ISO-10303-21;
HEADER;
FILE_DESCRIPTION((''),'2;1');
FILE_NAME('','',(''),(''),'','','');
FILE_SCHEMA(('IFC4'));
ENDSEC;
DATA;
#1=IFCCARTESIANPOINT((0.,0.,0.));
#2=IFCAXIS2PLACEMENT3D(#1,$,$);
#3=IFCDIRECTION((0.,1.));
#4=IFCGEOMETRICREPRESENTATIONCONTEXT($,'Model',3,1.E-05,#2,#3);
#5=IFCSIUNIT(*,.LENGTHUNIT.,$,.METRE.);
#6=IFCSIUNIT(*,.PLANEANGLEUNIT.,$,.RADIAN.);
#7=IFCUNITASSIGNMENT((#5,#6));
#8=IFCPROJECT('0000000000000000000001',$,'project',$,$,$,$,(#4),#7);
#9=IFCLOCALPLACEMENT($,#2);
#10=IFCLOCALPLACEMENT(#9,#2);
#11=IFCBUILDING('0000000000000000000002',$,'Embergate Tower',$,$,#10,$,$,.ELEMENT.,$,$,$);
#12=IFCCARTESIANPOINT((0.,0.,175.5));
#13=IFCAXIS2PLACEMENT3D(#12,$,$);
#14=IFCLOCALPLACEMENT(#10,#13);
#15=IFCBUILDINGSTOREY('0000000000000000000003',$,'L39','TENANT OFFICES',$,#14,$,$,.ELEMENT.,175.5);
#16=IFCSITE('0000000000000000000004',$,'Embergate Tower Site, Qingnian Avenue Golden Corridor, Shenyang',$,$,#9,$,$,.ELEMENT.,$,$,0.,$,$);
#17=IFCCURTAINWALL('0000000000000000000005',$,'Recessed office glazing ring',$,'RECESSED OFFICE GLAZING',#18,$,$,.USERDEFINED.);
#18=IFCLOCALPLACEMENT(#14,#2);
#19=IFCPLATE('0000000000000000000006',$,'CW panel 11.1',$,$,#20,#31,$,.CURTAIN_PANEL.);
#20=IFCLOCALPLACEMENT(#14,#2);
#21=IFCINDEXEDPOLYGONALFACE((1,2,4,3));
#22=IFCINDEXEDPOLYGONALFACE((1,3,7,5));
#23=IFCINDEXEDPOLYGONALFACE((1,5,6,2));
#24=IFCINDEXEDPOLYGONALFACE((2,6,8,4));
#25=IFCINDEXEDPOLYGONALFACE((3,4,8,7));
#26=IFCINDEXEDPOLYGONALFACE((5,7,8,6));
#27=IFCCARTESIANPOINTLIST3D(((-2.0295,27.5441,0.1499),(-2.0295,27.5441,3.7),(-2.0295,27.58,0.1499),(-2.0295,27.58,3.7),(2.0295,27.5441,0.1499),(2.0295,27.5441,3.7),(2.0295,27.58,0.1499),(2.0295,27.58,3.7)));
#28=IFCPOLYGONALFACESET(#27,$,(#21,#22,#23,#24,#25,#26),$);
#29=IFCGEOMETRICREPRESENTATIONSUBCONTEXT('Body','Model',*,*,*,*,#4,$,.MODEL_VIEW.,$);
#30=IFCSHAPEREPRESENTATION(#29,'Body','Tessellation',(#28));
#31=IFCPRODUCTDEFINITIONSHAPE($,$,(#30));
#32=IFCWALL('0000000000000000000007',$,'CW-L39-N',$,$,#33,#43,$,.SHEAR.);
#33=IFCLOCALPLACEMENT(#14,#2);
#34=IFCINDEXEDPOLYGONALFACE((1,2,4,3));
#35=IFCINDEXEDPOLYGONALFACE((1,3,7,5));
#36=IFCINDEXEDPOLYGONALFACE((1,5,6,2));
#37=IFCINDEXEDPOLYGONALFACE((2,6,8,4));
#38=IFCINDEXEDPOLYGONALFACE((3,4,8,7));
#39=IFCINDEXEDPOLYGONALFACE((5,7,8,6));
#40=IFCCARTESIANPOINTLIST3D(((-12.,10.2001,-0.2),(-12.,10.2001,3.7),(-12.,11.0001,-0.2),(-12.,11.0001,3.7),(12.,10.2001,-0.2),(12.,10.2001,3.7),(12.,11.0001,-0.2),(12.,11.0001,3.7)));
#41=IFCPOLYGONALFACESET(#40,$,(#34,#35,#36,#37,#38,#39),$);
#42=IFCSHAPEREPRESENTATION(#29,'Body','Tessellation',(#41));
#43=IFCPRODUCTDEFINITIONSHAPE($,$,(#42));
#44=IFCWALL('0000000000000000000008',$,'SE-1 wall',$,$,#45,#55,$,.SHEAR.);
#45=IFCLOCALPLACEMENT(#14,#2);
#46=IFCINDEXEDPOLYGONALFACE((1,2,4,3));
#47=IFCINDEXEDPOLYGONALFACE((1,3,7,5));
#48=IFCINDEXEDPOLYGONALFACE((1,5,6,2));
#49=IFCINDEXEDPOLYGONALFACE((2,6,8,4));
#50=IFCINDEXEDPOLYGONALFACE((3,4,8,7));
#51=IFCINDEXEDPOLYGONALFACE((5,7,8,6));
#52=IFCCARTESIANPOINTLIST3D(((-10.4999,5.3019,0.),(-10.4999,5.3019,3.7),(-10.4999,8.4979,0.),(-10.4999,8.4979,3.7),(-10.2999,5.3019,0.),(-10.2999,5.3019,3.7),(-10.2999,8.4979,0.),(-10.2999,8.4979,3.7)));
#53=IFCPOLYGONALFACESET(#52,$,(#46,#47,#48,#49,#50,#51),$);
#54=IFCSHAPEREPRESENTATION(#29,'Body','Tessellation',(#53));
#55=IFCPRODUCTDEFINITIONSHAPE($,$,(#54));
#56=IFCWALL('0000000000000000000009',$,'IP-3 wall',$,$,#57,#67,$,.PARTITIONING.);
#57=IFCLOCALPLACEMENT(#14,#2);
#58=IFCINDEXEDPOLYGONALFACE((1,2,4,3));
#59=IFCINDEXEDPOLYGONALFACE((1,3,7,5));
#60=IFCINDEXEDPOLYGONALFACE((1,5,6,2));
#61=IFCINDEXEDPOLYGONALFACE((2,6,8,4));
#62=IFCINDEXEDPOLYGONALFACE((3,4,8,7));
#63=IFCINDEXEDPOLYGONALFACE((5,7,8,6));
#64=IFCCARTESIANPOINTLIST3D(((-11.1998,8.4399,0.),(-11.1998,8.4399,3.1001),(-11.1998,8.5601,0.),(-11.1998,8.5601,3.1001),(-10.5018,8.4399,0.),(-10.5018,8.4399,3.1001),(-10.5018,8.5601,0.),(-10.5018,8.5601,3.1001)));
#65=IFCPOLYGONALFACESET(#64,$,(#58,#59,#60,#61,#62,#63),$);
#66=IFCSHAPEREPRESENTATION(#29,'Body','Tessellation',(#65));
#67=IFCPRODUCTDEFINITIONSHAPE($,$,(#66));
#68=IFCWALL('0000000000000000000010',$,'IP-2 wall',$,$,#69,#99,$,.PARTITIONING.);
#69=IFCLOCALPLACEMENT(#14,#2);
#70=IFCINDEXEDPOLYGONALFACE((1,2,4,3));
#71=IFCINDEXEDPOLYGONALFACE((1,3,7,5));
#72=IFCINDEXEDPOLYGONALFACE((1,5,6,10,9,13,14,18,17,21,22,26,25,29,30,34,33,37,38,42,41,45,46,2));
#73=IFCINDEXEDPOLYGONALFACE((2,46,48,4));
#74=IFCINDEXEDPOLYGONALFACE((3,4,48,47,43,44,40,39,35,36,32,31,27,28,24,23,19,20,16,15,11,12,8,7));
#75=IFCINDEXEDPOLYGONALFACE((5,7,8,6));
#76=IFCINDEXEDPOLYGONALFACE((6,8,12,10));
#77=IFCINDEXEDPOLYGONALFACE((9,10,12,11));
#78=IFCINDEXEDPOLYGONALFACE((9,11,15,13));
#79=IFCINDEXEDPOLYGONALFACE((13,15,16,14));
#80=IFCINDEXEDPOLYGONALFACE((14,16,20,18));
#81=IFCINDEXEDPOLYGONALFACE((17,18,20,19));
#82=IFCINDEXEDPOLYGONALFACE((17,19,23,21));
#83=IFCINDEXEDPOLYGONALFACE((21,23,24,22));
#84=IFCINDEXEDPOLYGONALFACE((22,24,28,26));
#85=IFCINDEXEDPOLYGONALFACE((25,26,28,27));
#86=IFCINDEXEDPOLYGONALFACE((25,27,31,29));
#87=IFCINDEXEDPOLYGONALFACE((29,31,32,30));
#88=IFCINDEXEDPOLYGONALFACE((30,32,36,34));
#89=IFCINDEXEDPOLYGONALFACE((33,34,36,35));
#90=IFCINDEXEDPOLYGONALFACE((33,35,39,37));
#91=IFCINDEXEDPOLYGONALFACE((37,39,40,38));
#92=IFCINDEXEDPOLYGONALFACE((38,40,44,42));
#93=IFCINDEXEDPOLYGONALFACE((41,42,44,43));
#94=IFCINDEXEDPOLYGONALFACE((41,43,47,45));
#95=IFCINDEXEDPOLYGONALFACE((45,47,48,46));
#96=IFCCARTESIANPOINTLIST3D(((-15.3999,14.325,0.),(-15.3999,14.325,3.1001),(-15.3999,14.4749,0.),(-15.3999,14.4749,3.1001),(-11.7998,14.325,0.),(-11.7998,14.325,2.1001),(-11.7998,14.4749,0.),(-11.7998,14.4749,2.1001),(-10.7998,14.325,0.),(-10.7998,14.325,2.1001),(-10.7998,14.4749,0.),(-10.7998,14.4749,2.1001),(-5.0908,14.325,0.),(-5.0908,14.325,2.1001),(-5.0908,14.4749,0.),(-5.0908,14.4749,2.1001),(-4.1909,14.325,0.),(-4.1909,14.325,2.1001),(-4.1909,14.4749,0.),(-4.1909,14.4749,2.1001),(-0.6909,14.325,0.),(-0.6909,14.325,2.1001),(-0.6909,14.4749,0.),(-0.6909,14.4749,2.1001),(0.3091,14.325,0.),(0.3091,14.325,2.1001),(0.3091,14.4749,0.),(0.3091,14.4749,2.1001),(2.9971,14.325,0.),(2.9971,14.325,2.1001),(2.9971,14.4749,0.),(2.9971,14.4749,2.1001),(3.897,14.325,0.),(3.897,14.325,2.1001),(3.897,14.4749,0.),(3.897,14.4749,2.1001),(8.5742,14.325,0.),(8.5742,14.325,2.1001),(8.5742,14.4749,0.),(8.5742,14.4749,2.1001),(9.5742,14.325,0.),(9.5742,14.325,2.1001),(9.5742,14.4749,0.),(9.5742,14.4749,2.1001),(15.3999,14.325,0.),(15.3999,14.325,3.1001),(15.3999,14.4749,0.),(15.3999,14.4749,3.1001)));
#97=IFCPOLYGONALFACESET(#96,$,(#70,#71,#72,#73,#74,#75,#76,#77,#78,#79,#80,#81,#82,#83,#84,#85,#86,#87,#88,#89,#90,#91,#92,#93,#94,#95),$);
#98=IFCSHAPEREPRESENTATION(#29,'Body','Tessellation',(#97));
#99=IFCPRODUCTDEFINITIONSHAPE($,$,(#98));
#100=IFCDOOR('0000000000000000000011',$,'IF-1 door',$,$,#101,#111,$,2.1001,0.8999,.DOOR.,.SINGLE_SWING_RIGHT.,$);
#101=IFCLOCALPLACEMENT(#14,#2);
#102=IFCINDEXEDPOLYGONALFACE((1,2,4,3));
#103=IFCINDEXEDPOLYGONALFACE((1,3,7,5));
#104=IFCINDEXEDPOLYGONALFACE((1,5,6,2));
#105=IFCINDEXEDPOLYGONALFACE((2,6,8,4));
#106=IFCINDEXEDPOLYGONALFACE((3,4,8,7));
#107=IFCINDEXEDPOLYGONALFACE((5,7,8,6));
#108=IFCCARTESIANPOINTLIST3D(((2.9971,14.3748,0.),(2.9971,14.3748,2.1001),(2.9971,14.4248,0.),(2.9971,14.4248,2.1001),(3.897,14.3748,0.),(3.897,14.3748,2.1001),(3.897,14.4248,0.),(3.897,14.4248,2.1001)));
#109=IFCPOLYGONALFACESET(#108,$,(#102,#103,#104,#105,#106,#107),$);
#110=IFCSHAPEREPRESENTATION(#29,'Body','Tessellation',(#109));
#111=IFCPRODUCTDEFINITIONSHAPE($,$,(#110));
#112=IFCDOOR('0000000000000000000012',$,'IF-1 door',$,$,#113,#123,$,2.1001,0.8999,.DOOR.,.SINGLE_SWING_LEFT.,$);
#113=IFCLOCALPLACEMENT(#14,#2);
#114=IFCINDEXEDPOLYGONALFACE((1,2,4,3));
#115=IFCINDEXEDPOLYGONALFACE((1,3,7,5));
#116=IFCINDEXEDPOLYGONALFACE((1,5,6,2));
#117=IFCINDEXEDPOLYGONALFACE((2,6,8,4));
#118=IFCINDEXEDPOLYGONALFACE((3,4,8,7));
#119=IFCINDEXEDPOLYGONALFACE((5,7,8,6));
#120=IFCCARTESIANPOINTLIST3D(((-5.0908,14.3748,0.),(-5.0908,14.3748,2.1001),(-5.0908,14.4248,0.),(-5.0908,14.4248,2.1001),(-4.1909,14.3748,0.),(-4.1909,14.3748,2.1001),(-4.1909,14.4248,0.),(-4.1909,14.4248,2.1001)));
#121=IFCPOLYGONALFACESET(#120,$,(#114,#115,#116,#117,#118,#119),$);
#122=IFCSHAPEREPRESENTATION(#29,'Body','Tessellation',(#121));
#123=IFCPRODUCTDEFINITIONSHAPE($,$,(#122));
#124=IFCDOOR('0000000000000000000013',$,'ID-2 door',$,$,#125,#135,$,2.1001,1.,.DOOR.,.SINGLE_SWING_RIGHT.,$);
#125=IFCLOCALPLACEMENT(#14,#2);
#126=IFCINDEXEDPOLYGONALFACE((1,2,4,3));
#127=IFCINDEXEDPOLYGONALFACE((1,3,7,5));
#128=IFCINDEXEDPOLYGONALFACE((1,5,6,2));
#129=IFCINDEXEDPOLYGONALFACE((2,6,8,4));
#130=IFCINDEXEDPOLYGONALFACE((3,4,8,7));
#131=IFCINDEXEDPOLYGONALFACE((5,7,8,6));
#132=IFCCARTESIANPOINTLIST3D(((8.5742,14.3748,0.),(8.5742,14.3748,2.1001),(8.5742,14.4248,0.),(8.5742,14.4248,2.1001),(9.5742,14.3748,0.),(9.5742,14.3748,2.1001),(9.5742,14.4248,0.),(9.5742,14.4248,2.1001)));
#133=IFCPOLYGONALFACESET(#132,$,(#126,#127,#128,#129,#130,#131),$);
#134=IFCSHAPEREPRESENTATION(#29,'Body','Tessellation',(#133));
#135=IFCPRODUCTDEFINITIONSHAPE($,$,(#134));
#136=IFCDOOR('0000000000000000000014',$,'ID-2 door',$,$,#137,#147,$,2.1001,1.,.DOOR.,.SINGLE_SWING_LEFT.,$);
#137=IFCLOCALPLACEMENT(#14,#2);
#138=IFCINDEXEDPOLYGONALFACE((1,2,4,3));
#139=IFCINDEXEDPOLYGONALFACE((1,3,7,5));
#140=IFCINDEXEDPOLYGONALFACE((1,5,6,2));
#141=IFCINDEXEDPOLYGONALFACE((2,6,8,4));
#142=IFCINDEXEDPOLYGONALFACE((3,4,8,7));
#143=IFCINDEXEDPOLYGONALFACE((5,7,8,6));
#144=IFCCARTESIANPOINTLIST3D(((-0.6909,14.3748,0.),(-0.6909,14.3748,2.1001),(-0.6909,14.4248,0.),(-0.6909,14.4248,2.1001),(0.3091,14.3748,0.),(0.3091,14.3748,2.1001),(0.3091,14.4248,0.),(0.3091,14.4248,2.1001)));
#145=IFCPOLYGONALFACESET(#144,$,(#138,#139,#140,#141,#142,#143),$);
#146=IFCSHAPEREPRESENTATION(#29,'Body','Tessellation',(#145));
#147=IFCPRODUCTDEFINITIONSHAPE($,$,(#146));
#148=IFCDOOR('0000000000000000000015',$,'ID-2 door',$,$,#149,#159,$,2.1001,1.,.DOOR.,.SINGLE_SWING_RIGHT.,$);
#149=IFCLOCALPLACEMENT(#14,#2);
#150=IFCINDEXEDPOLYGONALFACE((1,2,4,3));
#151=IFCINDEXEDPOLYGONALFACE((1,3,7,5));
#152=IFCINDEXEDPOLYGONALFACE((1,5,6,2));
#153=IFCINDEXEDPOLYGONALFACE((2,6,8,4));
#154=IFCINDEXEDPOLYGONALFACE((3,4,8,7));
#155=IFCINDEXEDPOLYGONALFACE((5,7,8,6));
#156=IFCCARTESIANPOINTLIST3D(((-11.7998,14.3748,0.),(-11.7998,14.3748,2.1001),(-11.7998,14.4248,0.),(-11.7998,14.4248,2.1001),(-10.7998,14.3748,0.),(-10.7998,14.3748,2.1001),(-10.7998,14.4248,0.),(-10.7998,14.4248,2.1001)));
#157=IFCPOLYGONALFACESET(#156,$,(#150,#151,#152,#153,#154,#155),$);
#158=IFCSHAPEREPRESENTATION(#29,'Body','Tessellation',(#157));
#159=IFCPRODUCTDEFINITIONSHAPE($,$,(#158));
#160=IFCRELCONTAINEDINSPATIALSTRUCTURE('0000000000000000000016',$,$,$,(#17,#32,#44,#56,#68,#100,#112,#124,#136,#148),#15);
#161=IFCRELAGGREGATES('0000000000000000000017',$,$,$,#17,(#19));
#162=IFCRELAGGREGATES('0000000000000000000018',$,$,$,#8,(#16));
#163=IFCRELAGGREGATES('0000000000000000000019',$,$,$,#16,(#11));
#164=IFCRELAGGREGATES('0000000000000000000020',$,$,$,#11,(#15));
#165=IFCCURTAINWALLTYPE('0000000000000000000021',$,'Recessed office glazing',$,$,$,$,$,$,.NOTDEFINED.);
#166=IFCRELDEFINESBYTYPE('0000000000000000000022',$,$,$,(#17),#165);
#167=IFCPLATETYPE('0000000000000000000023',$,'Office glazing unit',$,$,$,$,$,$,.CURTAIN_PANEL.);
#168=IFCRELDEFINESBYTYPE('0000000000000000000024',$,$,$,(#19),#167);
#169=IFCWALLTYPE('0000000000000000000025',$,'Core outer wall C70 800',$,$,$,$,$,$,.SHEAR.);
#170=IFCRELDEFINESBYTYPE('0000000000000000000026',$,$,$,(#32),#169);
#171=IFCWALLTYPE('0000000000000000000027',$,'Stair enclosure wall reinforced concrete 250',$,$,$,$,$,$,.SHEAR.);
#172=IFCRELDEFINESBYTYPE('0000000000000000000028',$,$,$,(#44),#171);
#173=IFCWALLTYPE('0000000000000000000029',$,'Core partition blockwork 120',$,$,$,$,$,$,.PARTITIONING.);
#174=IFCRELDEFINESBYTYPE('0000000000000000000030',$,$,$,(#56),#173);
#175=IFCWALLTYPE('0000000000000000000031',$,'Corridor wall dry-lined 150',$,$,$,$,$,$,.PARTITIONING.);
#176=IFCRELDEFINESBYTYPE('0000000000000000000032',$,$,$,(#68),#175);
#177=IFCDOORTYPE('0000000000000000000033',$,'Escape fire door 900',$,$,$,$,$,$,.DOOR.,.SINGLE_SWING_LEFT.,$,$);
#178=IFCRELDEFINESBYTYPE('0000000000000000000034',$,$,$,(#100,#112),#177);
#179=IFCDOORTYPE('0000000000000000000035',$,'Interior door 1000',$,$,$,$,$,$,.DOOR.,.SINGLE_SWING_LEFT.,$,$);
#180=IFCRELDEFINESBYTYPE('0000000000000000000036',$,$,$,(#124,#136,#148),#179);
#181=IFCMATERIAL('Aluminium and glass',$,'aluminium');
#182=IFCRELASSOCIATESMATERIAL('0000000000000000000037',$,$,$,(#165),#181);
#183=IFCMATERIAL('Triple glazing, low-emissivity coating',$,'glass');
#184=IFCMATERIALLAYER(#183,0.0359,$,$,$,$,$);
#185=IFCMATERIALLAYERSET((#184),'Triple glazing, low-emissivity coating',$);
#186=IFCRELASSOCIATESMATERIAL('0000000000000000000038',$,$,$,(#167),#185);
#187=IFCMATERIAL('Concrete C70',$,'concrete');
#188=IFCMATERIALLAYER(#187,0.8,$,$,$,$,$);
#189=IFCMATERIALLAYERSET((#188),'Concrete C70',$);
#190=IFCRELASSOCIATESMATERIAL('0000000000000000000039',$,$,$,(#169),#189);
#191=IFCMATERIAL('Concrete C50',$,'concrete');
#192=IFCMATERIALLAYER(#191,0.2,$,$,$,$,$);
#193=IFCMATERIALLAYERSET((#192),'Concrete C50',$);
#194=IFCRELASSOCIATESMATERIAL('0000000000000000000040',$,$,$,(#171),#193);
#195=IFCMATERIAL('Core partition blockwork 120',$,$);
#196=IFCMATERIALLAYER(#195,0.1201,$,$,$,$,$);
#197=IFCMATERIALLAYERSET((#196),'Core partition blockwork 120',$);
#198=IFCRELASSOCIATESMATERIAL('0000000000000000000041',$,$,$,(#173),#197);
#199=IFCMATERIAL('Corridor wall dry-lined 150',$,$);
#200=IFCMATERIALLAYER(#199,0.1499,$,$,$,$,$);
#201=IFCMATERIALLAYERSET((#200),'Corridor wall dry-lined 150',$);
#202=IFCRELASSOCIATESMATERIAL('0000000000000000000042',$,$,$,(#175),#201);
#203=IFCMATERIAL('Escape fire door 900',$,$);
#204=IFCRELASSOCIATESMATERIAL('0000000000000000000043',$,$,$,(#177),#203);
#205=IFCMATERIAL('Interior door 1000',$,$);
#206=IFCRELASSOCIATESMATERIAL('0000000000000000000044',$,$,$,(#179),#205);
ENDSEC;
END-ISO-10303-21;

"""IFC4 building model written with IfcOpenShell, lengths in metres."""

from ifc_helpers import new_model, si_unit, direction, frame, frame_2d, origin, origin_2d, place, context, subcontext, project, spatial, rectangle, extrude, source, transform, mapped, material, layer, layer_set, type_object, element, fill, aggregate, save


model = new_model("IFC4")

# Units and contexts
model_context = context("Model", 3, precision=1e-05, world=origin(), true_north=direction((0.0, 1.0)))
body_context = subcontext(model_context, "Body", "Model", "MODEL_VIEW")
ifc_project = project(units=[si_unit("LENGTHUNIT", "METRE"), si_unit("PLANEANGLEUNIT", "RADIAN")], contexts=[model_context])

# Site, building, storey
site_placement = place(None, origin())
site = spatial("IfcSite", under=ifc_project, at=site_placement, Name="Embergate Tower Site, Qingnian Avenue Golden Corridor, Shenyang", CompositionType="ELEMENT", RefElevation=0.0)
building_placement = place(site_placement, origin())
building = spatial("IfcBuilding", under=site, at=building_placement, Name="Embergate Tower", CompositionType="ELEMENT")
storey_placement = place(building_placement, frame((0.0, 0.0, 175.5)))
storey = spatial("IfcBuildingStorey", under=building, at=storey_placement, Name="L39", Description="TENANT OFFICES", CompositionType="ELEMENT", Elevation=175.5)

# Shared definitions
ifc_material_1 = material(Name="Concrete C70", Category="concrete")

# Curtain wall, plate
ifc_material_2 = material(Name="Aluminium and glass", Category="aluminium")
curtain_wall_type = type_object("IfcCurtainWallType", Name="Recessed office glazing", PredefinedType="NOTDEFINED", material=ifc_material_2)
curtain_wall_placement = place(storey_placement, origin())
curtain_wall = element("IfcCurtainWall", 1, at=curtain_wall_placement, inside=storey, type_object=curtain_wall_type, Name="Recessed office glazing ring", ObjectType="RECESSED OFFICE GLAZING", PredefinedType="USERDEFINED")
ifc_material_3 = material(Name="Triple glazing, low-emissivity coating", Category="glass")
ifc_layer_1 = layer(ifc_material_3, 0.0359)
ifc_layer_set_1 = layer_set([ifc_layer_1], Name="Triple glazing, low-emissivity coating")
plate_type = type_object("IfcPlateType", Name="Office glazing unit", PredefinedType="CURTAIN_PANEL", material=ifc_layer_set_1)
shared_shape_1 = source(origin(), body_context, "Body", "SweptSolid", [
    extrude(rectangle(XDim=4.0591, YDim=0.0359, at=origin_2d()), origin(), (0.0, 0.0, 1.0), 3.55),
])
plate_1_placement = place(storey_placement, frame((0.0, 27.562, 0.1499), z_axis=(0.0, 0.0, 1.0), x_axis=(-1.0, 0.0, 0.0)))
plate_1 = element("IfcPlate", 2, at=plate_1_placement, type_object=plate_type, Name="CW panel 11.1", PredefinedType="CURTAIN_PANEL", context=body_context, shape_type="MappedRepresentation", body=[
    mapped(shared_shape_1, transform((0.0, 0.0, 0.0))),
])
aggregate(curtain_wall, [plate_1])

# Walls
ifc_layer_2 = layer(ifc_material_1, 0.8)
ifc_layer_set_2 = layer_set([ifc_layer_2], Name="Concrete C70")
wall_type_1 = type_object("IfcWallType", Name="Core outer wall C70 800", PredefinedType="SHEAR", material=ifc_layer_set_2)
shared_shape_2 = source(origin(), body_context, "Body", "SweptSolid", [
    extrude(rectangle(XDim=24.0, YDim=0.8, at=frame_2d((12.0, 0.0))), origin(), (0.0, 0.0, 1.0), 3.8999),
])
wall_1_placement = place(storey_placement, frame((-12.0, 10.6001, -0.2), z_axis=(0.0, 0.0, 1.0), x_axis=(1.0, 0.0, 0.0)))
element("IfcWall", 3, at=wall_1_placement, inside=storey, type_object=wall_type_1, Name="CW-L39-N", PredefinedType="SHEAR", context=body_context, shape_type="MappedRepresentation", body=[
    mapped(shared_shape_2, transform((0.0, 0.0, 0.0))),
])
ifc_material_4 = material(Name="Concrete C50", Category="concrete")
ifc_layer_3 = layer(ifc_material_4, 0.2)
ifc_layer_set_3 = layer_set([ifc_layer_3], Name="Concrete C50")
wall_type_2 = type_object("IfcWallType", Name="Stair enclosure wall reinforced concrete 250", PredefinedType="SHEAR", material=ifc_layer_set_3)
shared_shape_3 = source(origin(), body_context, "Body", "SweptSolid", [
    extrude(rectangle(XDim=3.196, YDim=0.2, at=frame_2d((1.5981, 0.0))), origin(), (0.0, 0.0, 1.0), 3.7),
])
wall_2_placement = place(storey_placement, frame((-10.3999, 8.498, 0.0), z_axis=(0.0, 0.0, 1.0), x_axis=(0.0, -1.0, 0.0)))
element("IfcWall", 4, at=wall_2_placement, inside=storey, type_object=wall_type_2, Name="SE-1 wall", PredefinedType="SHEAR", context=body_context, shape_type="MappedRepresentation", body=[
    mapped(shared_shape_3, transform((0.0, 0.0, 0.0))),
])
ifc_material_5 = material(Name="Core partition blockwork 120")
ifc_layer_4 = layer(ifc_material_5, 0.1201)
ifc_layer_set_4 = layer_set([ifc_layer_4], Name="Core partition blockwork 120")
wall_type_3 = type_object("IfcWallType", Name="Core partition blockwork 120", PredefinedType="PARTITIONING", material=ifc_layer_set_4)
shared_shape_4 = source(origin(), body_context, "Body", "SweptSolid", [
    extrude(rectangle(XDim=0.698, YDim=0.1201, at=frame_2d((0.3491, 0.0))), origin(), (0.0, 0.0, 1.0), 3.1001),
])
wall_3_placement = place(storey_placement, frame((-11.2, 8.5, 0.0), z_axis=(0.0, 0.0, 1.0), x_axis=(1.0, 0.0, 0.0)))
element("IfcWall", 5, at=wall_3_placement, inside=storey, type_object=wall_type_3, Name="IP-3 wall", PredefinedType="PARTITIONING", context=body_context, shape_type="MappedRepresentation", body=[
    mapped(shared_shape_4, transform((0.0, 0.0, 0.0))),
])

# Wall, openings, doors
ifc_material_6 = material(Name="Corridor wall dry-lined 150")
ifc_layer_5 = layer(ifc_material_6, 0.1499)
ifc_layer_set_5 = layer_set([ifc_layer_5], Name="Corridor wall dry-lined 150")
wall_type_4 = type_object("IfcWallType", Name="Corridor wall dry-lined 150", PredefinedType="PARTITIONING", material=ifc_layer_set_5)
shared_shape_5 = source(origin(), body_context, "Body", "SweptSolid", [
    extrude(rectangle(XDim=30.7998, YDim=0.1499, at=frame_2d((15.3999, 0.0))), origin(), (0.0, 0.0, 1.0), 3.1001),
])
wall_4_placement = place(storey_placement, frame((-15.3999, 14.3999, 0.0), z_axis=(0.0, 0.0, 1.0), x_axis=(1.0, 0.0, 0.0)))
wall_4 = element("IfcWall", 6, at=wall_4_placement, inside=storey, type_object=wall_type_4, Name="IP-2 wall", PredefinedType="PARTITIONING", context=body_context, shape_type="MappedRepresentation", body=[
    mapped(shared_shape_5, transform((0.0, 0.0, 0.0))),
])
shared_shape_6 = source(origin(), body_context, "Body", "SweptSolid", [
    extrude(rectangle(XDim=1.0, YDim=2.1001, at=frame_2d((0.5, 1.05))), frame((0.0, 0.085, 0.0), z_axis=(0.0, -1.0, 0.0), x_axis=(1.0, 0.0, 0.0)), (0.0, 0.0, 1.0), 0.1699),
])
opening_1_placement = place(wall_4_placement, frame((23.9741, 0.0, 0.0)))
opening_1 = element("IfcOpeningElement", 7, at=opening_1_placement, cuts=wall_4, PredefinedType="OPENING", context=body_context, shape_type="MappedRepresentation", body=[
    mapped(shared_shape_6, transform((0.0, 0.0, 0.0))),
])
shared_shape_7 = source(origin(), body_context, "Body", "SweptSolid", [
    extrude(rectangle(XDim=0.8999, YDim=2.1001, at=frame_2d((0.45, 1.05))), frame((0.0, 0.085, 0.0), z_axis=(0.0, -1.0, 0.0), x_axis=(1.0, 0.0, 0.0)), (0.0, 0.0, 1.0), 0.1699),
])
opening_2_placement = place(wall_4_placement, frame((18.397, 0.0, 0.0)))
opening_2 = element("IfcOpeningElement", 8, at=opening_2_placement, cuts=wall_4, PredefinedType="OPENING", context=body_context, shape_type="MappedRepresentation", body=[
    mapped(shared_shape_7, transform((0.0, 0.0, 0.0))),
])
opening_3_placement = place(wall_4_placement, frame((14.709, 0.0, 0.0)))
opening_3 = element("IfcOpeningElement", 9, at=opening_3_placement, cuts=wall_4, PredefinedType="OPENING", context=body_context, shape_type="MappedRepresentation", body=[
    mapped(shared_shape_6, transform((0.0, 0.0, 0.0))),
])
opening_4_placement = place(wall_4_placement, frame((10.3091, 0.0, 0.0)))
opening_4 = element("IfcOpeningElement", 10, at=opening_4_placement, cuts=wall_4, PredefinedType="OPENING", context=body_context, shape_type="MappedRepresentation", body=[
    mapped(shared_shape_7, transform((0.0, 0.0, 0.0))),
])
opening_5_placement = place(wall_4_placement, frame((3.6001, 0.0, 0.0)))
opening_5 = element("IfcOpeningElement", 11, at=opening_5_placement, cuts=wall_4, PredefinedType="OPENING", context=body_context, shape_type="MappedRepresentation", body=[
    mapped(shared_shape_6, transform((0.0, 0.0, 0.0))),
])
ifc_material_7 = material(Name="Escape fire door 900")
door_type_1 = type_object("IfcDoorType", Name="Escape fire door 900", OperationType="SINGLE_SWING_LEFT", PredefinedType="DOOR", material=ifc_material_7)
shared_shape_8 = source(origin(), body_context, "Body", "SweptSolid", [
    extrude(rectangle(XDim=0.8999, YDim=2.1001, at=frame_2d((0.45, 1.05))), frame((0.0, 0.0249, 0.0), z_axis=(0.0, -1.0, 0.0), x_axis=(1.0, 0.0, 0.0)), (0.0, 0.0, 1.0), 0.05),
])
door_1_placement = place(opening_2_placement, origin())
door_1 = element("IfcDoor", 12, at=door_1_placement, inside=storey, type_object=door_type_1, Name="IF-1 door", OperationType="SINGLE_SWING_RIGHT", OverallHeight=2.1001, OverallWidth=0.8999, PredefinedType="DOOR", context=body_context, shape_type="MappedRepresentation", body=[
    mapped(shared_shape_8, transform((0.0, 0.0, 0.0))),
])
fill(opening_2, door_1)
door_2_placement = place(opening_4_placement, origin())
door_2 = element("IfcDoor", 13, at=door_2_placement, inside=storey, type_object=door_type_1, Name="IF-1 door", OperationType="SINGLE_SWING_LEFT", OverallHeight=2.1001, OverallWidth=0.8999, PredefinedType="DOOR", context=body_context, shape_type="MappedRepresentation", body=[
    mapped(shared_shape_8, transform((0.0, 0.0, 0.0))),
])
fill(opening_4, door_2)
ifc_material_8 = material(Name="Interior door 1000")
door_type_2 = type_object("IfcDoorType", Name="Interior door 1000", OperationType="SINGLE_SWING_LEFT", PredefinedType="DOOR", material=ifc_material_8)
shared_shape_9 = source(origin(), body_context, "Body", "SweptSolid", [
    extrude(rectangle(XDim=1.0, YDim=2.1001, at=frame_2d((0.5, 1.05))), frame((0.0, 0.0249, 0.0), z_axis=(0.0, -1.0, 0.0), x_axis=(1.0, 0.0, 0.0)), (0.0, 0.0, 1.0), 0.05),
])
door_3_placement = place(opening_1_placement, origin())
door_3 = element("IfcDoor", 14, at=door_3_placement, inside=storey, type_object=door_type_2, Name="ID-2 door", OperationType="SINGLE_SWING_RIGHT", OverallHeight=2.1001, OverallWidth=1.0, PredefinedType="DOOR", context=body_context, shape_type="MappedRepresentation", body=[
    mapped(shared_shape_9, transform((0.0, 0.0, 0.0))),
])
fill(opening_1, door_3)
door_4_placement = place(opening_3_placement, origin())
door_4 = element("IfcDoor", 15, at=door_4_placement, inside=storey, type_object=door_type_2, Name="ID-2 door", OperationType="SINGLE_SWING_LEFT", OverallHeight=2.1001, OverallWidth=1.0, PredefinedType="DOOR", context=body_context, shape_type="MappedRepresentation", body=[
    mapped(shared_shape_9, transform((0.0, 0.0, 0.0))),
])
fill(opening_3, door_4)
door_5_placement = place(opening_5_placement, origin())
door_5 = element("IfcDoor", 16, at=door_5_placement, inside=storey, type_object=door_type_2, Name="ID-2 door", OperationType="SINGLE_SWING_RIGHT", OverallHeight=2.1001, OverallWidth=1.0, PredefinedType="DOOR", context=body_context, shape_type="MappedRepresentation", body=[
    mapped(shared_shape_9, transform((0.0, 0.0, 0.0))),
])
fill(opening_5, door_5)

save(model, "model.ifc")
